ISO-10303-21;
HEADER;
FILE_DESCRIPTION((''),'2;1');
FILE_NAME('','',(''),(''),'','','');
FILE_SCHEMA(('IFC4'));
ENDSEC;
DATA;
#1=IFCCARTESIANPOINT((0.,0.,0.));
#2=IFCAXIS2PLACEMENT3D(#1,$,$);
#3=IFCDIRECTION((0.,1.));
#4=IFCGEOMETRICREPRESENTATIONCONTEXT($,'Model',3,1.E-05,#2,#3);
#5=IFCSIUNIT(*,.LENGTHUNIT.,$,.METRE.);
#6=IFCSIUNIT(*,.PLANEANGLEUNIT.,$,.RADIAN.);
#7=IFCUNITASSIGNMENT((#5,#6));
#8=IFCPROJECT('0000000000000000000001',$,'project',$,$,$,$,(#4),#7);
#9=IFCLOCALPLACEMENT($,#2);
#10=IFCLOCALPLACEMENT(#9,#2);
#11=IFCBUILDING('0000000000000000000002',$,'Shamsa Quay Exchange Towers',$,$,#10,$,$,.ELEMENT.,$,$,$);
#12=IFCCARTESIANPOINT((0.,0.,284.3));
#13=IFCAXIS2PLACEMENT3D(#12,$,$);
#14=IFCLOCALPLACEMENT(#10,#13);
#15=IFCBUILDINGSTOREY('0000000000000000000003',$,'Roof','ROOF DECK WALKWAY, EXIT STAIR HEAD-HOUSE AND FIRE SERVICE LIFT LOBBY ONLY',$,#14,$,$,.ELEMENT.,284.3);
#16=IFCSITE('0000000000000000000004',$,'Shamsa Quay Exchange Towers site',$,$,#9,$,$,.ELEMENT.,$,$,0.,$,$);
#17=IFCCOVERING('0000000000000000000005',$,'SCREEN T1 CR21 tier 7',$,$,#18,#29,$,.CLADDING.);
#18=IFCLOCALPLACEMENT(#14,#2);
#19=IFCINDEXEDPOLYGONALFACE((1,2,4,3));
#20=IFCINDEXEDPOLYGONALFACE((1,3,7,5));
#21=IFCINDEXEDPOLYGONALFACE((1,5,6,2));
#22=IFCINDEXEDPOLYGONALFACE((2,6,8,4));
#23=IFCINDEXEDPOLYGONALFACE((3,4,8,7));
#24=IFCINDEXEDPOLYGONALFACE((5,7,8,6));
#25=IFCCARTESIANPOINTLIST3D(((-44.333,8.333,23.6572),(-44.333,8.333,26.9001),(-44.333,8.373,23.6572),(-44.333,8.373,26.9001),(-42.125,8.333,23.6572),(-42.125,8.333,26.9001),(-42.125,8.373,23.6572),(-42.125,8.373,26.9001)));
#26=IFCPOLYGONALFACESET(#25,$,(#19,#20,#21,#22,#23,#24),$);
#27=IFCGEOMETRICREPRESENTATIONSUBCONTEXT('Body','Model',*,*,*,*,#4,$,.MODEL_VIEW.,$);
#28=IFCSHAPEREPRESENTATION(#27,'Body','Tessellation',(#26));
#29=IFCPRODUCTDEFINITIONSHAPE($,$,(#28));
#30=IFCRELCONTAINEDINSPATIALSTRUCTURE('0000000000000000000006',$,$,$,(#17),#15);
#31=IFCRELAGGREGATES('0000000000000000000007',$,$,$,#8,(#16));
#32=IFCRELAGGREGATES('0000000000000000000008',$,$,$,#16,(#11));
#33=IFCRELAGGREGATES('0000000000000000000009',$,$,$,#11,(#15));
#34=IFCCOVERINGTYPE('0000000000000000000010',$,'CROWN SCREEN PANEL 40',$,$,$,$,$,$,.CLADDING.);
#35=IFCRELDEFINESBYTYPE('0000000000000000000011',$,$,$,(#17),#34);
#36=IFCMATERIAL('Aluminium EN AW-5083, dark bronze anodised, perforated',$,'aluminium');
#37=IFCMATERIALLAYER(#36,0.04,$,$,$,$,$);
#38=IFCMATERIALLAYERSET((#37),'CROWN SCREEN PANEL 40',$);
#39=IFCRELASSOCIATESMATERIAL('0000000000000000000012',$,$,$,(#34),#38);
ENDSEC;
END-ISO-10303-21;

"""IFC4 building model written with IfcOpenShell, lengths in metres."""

from ifc_helpers import new_model, si_unit, direction, frame, origin, origin_2d, place, context, subcontext, project, spatial, rectangle, extrude, material, layer, layer_set, type_object, element, save


model = new_model("IFC4")

# Units and contexts
model_context = context("Model", 3, precision=1e-05, world=origin(), true_north=direction((0.0, 1.0)))
body_context = subcontext(model_context, "Body", "Model", "MODEL_VIEW")
ifc_project = project(units=[si_unit("LENGTHUNIT", "METRE"), si_unit("PLANEANGLEUNIT", "RADIAN")], contexts=[model_context])

# Site, building, storey
site_placement = place(None, origin())
site = spatial("IfcSite", under=ifc_project, at=site_placement, Name="Shamsa Quay Exchange Towers site", CompositionType="ELEMENT", RefElevation=0.0)
building_placement = place(site_placement, origin())
building = spatial("IfcBuilding", under=site, at=building_placement, Name="Shamsa Quay Exchange Towers", CompositionType="ELEMENT")
storey_placement = place(building_placement, frame((0.0, 0.0, 284.3)))
storey = spatial("IfcBuildingStorey", under=building, at=storey_placement, Name="Roof", Description="ROOF DECK WALKWAY, EXIT STAIR HEAD-HOUSE AND FIRE SERVICE LIFT LOBBY ONLY", CompositionType="ELEMENT", Elevation=284.3)

# Covering
ifc_material_1 = material(Name="Aluminium EN AW-5083, dark bronze anodised, perforated", Category="aluminium")
ifc_layer = layer(ifc_material_1, 0.04)
ifc_layer_set = layer_set([ifc_layer], Name="CROWN SCREEN PANEL 40")
covering_type = type_object("IfcCoveringType", Name="CROWN SCREEN PANEL 40", PredefinedType="CLADDING", material=ifc_layer_set)
for number, where, z_axis, x_axis, name in (
    (1, (-43.229, 8.353, 23.6572), (0.0, 0.0, 1.0), (-1.0, 0.0, 0.0), "SCREEN T1 CR21 tier 7"),
):
    element("IfcCovering", number, at=place(storey_placement, frame(where, z_axis=z_axis, x_axis=x_axis)), inside=storey, type_object=covering_type, Name=name, PredefinedType="CLADDING", context=body_context, shape_type="SweptSolid", body=[
        extrude(rectangle(XDim=2.208, YDim=0.04, at=origin_2d()), origin(), (0.0, 0.0, 1.0), 3.2429),
    ])

save(model, "model.ifc")
